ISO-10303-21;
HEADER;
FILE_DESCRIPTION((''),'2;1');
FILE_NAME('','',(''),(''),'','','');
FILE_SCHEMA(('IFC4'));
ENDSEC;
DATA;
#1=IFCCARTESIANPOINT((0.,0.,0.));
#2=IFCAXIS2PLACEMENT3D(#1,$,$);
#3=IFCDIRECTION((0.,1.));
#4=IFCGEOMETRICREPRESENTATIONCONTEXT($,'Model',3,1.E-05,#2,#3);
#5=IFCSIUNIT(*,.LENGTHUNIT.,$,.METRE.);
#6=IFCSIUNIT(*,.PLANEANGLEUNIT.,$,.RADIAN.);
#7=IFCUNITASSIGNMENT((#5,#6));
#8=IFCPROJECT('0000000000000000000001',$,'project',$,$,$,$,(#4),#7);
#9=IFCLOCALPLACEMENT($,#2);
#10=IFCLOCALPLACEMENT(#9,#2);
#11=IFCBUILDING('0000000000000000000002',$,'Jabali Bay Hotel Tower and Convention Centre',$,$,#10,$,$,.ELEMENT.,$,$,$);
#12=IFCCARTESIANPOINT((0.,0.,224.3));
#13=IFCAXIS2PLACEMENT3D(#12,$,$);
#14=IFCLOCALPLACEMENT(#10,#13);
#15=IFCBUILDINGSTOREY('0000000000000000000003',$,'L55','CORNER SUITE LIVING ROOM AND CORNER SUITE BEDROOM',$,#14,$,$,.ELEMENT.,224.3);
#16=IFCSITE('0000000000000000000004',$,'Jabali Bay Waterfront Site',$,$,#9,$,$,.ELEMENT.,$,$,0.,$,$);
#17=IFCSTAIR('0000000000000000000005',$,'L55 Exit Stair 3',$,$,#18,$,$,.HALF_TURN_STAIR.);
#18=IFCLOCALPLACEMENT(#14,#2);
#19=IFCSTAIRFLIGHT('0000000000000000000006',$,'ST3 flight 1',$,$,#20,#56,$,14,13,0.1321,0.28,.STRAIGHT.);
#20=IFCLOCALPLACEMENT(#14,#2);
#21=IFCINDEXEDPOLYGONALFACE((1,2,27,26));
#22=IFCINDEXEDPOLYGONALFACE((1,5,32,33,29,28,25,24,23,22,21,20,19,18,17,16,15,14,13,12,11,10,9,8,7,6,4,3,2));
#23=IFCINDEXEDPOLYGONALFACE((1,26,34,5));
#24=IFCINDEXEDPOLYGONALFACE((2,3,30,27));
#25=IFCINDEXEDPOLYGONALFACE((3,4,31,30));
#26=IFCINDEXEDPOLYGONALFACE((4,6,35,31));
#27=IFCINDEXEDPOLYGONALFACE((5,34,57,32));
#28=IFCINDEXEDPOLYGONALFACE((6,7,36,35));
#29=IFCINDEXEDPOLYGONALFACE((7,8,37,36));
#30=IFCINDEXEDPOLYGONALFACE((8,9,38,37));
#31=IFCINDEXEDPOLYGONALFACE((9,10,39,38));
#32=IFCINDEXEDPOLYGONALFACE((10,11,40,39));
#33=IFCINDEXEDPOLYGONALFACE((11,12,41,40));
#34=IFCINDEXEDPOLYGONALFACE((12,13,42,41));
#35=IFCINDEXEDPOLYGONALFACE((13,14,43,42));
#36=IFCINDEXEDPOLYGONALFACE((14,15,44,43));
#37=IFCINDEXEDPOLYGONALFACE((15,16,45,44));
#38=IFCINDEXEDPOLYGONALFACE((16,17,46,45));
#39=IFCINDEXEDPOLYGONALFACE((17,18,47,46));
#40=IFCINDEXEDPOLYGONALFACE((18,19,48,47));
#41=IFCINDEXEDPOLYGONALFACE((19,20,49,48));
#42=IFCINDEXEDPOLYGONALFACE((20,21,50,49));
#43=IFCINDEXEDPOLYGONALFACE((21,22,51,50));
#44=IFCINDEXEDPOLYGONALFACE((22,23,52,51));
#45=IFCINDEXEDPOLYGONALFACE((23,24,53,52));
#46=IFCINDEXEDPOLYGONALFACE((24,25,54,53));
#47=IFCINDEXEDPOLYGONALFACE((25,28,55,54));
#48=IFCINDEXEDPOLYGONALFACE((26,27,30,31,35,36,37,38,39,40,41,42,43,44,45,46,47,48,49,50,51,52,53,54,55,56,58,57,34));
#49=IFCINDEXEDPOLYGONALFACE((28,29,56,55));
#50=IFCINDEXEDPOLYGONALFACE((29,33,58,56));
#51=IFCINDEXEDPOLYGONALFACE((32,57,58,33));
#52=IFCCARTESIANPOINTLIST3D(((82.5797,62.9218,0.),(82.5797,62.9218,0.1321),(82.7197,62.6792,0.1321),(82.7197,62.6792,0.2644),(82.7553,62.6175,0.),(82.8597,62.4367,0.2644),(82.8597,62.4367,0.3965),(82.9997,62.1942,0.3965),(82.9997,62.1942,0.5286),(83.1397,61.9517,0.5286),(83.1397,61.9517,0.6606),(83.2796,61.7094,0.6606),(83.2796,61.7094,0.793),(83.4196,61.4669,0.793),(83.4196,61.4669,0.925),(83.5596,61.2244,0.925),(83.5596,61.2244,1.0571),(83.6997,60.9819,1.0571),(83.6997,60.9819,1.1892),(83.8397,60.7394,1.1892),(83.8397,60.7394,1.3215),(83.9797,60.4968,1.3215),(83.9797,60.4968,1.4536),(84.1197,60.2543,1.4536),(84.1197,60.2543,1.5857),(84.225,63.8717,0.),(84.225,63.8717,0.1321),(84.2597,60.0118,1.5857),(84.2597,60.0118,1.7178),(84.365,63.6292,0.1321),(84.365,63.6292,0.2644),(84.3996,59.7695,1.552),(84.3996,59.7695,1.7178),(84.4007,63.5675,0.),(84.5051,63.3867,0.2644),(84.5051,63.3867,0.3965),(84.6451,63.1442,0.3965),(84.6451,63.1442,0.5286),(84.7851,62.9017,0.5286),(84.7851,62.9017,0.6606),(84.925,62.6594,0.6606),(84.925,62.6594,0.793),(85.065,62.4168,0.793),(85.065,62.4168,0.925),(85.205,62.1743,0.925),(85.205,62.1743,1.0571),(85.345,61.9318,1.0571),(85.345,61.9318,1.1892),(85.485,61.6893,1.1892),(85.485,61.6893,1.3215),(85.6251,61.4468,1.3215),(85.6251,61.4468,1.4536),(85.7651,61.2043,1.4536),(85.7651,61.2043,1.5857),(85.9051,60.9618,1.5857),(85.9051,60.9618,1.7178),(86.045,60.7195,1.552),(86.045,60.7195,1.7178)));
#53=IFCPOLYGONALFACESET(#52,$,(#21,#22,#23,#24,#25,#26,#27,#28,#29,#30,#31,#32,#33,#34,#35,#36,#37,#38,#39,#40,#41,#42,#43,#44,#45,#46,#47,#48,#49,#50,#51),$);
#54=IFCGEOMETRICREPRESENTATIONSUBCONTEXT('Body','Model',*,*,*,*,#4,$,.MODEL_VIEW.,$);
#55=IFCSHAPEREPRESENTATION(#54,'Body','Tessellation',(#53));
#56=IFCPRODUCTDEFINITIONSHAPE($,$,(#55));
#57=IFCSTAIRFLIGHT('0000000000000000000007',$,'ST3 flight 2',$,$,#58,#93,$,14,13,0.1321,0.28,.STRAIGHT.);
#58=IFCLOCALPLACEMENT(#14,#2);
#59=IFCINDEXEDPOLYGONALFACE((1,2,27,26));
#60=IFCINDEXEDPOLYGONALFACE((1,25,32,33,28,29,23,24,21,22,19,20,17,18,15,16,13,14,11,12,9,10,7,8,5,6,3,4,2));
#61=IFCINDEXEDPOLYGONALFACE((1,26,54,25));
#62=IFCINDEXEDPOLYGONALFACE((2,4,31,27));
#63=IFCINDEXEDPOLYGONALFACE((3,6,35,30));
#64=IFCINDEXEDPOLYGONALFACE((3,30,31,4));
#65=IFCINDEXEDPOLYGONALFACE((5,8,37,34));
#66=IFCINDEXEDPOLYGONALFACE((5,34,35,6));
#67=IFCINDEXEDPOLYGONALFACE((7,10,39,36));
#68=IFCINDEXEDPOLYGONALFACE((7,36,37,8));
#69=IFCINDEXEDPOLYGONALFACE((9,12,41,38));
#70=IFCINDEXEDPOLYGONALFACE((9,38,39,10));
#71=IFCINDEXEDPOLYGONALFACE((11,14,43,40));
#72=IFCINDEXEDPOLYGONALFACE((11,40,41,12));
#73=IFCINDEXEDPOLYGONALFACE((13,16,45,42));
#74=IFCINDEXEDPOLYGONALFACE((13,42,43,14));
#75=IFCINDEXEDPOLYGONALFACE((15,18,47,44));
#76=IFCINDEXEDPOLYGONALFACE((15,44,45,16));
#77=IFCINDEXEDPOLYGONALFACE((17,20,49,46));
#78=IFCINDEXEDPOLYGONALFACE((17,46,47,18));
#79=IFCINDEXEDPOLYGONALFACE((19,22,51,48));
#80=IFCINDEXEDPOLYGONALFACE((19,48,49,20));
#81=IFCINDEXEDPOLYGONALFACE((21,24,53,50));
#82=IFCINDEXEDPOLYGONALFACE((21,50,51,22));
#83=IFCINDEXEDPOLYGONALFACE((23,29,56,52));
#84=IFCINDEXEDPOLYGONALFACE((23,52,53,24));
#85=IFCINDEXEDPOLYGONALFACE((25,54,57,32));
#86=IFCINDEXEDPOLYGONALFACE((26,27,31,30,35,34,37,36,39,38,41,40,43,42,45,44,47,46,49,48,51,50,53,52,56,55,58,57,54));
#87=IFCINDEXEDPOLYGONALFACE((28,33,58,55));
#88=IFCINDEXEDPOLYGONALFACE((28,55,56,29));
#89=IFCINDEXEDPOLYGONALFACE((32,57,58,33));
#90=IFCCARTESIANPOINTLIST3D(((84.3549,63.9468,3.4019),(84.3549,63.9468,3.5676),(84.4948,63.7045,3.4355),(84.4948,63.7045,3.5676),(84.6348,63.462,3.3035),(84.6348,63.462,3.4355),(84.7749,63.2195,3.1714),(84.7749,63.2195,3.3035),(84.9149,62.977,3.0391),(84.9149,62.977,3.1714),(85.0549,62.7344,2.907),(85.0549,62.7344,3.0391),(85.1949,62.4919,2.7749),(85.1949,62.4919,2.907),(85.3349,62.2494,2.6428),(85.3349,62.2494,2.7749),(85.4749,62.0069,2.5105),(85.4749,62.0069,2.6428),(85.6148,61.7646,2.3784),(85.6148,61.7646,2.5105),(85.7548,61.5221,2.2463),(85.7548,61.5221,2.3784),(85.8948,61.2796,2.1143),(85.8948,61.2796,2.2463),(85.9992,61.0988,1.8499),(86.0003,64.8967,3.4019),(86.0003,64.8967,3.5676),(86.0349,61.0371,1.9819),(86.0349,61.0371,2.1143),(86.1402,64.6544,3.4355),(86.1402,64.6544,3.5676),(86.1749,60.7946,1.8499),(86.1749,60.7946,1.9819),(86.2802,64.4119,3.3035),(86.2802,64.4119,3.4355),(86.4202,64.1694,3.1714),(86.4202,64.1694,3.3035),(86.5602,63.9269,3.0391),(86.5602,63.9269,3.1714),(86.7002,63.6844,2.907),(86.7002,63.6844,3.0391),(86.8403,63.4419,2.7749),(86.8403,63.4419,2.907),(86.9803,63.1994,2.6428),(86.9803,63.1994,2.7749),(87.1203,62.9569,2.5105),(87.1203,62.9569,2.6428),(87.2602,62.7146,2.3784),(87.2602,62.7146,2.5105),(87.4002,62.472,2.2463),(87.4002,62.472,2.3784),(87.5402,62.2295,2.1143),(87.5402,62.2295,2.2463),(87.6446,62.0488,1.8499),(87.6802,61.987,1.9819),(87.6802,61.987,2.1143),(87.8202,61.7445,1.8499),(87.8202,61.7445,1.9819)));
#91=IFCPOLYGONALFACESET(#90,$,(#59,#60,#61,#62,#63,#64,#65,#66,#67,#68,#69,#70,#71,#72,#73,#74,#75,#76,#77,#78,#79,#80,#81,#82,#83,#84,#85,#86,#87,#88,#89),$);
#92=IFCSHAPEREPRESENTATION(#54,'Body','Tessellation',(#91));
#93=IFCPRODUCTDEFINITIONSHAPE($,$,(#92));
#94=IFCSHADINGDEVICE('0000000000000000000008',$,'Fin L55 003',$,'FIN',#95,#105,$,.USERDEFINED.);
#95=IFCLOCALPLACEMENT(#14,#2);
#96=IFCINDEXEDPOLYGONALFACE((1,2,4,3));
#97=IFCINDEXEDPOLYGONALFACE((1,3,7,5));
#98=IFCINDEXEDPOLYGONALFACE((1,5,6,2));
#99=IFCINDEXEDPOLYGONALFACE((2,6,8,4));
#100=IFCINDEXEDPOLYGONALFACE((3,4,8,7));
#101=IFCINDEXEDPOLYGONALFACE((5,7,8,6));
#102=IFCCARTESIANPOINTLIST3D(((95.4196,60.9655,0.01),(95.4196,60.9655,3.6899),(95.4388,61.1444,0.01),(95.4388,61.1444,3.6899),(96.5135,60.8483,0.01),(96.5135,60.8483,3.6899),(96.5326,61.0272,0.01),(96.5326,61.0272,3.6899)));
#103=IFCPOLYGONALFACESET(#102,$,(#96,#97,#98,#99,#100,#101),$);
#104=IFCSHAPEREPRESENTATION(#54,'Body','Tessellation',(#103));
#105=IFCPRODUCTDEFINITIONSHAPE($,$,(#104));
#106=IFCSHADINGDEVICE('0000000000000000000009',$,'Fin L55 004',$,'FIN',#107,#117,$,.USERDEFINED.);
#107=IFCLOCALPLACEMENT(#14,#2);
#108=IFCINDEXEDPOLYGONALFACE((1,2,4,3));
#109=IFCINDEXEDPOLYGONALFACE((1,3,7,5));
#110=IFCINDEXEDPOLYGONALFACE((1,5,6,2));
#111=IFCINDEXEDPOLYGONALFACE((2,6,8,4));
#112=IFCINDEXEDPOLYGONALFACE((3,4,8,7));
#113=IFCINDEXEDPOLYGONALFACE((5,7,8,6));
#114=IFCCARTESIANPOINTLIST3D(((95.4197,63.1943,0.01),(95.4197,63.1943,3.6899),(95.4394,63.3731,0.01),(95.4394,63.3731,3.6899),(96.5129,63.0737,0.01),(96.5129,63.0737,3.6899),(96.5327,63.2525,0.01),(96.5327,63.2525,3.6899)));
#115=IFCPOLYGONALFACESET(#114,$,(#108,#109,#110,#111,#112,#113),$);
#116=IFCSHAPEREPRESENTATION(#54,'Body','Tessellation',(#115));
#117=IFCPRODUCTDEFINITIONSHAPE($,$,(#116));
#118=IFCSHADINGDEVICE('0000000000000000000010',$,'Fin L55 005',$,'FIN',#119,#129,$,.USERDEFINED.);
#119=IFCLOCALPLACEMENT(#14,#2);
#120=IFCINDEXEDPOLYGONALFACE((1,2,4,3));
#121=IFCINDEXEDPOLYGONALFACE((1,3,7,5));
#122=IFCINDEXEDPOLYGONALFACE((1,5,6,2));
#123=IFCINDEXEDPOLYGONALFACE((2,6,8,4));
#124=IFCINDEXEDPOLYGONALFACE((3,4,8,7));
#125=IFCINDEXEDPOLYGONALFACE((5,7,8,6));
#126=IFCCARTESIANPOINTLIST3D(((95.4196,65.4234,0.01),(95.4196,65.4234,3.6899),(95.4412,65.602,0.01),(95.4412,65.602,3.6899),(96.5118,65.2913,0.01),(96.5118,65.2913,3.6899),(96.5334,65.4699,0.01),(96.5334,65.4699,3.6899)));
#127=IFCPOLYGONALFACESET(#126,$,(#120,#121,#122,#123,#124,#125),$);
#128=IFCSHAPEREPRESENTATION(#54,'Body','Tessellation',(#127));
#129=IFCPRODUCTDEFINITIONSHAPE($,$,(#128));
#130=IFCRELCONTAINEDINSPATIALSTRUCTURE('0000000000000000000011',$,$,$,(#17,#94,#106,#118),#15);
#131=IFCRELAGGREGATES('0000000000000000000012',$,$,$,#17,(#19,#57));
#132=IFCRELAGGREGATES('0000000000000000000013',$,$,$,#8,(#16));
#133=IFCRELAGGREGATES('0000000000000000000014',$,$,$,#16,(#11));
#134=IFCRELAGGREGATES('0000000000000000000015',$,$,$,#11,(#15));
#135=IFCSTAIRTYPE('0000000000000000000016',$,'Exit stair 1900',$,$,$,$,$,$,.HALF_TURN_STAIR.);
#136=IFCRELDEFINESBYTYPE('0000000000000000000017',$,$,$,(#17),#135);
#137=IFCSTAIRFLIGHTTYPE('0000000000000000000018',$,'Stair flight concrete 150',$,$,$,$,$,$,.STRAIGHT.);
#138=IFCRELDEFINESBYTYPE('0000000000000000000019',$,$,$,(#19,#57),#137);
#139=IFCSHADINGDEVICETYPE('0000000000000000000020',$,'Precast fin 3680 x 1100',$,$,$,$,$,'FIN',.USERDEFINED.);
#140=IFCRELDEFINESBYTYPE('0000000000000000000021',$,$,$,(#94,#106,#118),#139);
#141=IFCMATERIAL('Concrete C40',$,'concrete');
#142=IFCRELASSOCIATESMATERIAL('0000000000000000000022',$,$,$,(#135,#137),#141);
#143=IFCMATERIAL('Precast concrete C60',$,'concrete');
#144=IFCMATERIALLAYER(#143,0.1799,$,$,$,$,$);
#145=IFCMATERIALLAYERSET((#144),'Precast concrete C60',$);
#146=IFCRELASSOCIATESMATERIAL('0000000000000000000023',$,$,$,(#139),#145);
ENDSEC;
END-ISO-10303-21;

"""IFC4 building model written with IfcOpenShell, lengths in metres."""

from ifc_helpers import new_model, si_unit, direction, frame, frame_2d, origin, place, context, subcontext, project, spatial, polyline, rectangle, outline, extrude, material, layer, layer_set, type_object, element, aggregate, save


model = new_model("IFC4")

# Units and contexts
model_context = context("Model", 3, precision=1e-05, world=origin(), true_north=direction((0.0, 1.0)))
body_context = subcontext(model_context, "Body", "Model", "MODEL_VIEW")
ifc_project = project(units=[si_unit("LENGTHUNIT", "METRE"), si_unit("PLANEANGLEUNIT", "RADIAN")], contexts=[model_context])

# Site, building, storey
site_placement = place(None, origin())
site = spatial("IfcSite", under=ifc_project, at=site_placement, Name="Jabali Bay Waterfront Site", CompositionType="ELEMENT", RefElevation=0.0)
building_placement = place(site_placement, origin())
building = spatial("IfcBuilding", under=site, at=building_placement, Name="Jabali Bay Hotel Tower and Convention Centre", CompositionType="ELEMENT")
storey_placement = place(building_placement, frame((0.0, 0.0, 224.3)))
storey = spatial("IfcBuildingStorey", under=building, at=storey_placement, Name="L55", Description="CORNER SUITE LIVING ROOM AND CORNER SUITE BEDROOM", CompositionType="ELEMENT", Elevation=224.3)

# Shared definitions
ifc_material_1 = material(Name="Concrete C40", Category="concrete")

# Stair, stair flights
stair_type = type_object("IfcStairType", Name="Exit stair 1900", PredefinedType="HALF_TURN_STAIR", material=ifc_material_1)
stair_placement = place(storey_placement, origin())
stair = element("IfcStair", 1, at=stair_placement, inside=storey, type_object=stair_type, Name="L55 Exit Stair 3", PredefinedType="HALF_TURN_STAIR")
stair_flight_type = type_object("IfcStairFlightType", Name="Stair flight concrete 150", PredefinedType="STRAIGHT", material=ifc_material_1)
stair_flight_1_placement = place(storey_placement, frame((83.4023, 63.3967, 0.0), z_axis=(0.0, 0.0, 1.0), x_axis=(0.5, -0.866025, 0.0)))
stair_flight_1 = element("IfcStairFlight", 2, at=stair_flight_1_placement, type_object=stair_flight_type, Name="ST3 flight 1", NumberOfRisers=14, NumberOfTreads=13, PredefinedType="STRAIGHT", RiserHeight=0.1321, TreadLength=0.28, context=body_context, shape_type="SweptSolid", body=[
    extrude(outline(polyline([(0.0, 0.0), (0.0, 0.1321), (0.28, 0.1321), (0.28, 0.2644), (0.5601, 0.2644), (0.5601, 0.3965), (0.8401, 0.3965), (0.8401, 0.5286), (1.1201, 0.5286), (1.1201, 0.6606), (1.3999, 0.6606), (1.3999, 0.793), (1.6799, 0.793), (1.6799, 0.925), (1.96, 0.925), (1.96, 1.0571), (2.24, 1.0571), (2.24, 1.1892), (2.52, 1.1892), (2.52, 1.3215), (2.8, 1.3215), (2.8, 1.4536), (3.0801, 1.4536), (3.0801, 1.5857), (3.3601, 1.5857), (3.3601, 1.7178), (3.6399, 1.7178), (3.6399, 1.8501), (3.6399, 1.552), (0.3513, 0.0), (0.0, 0.0)])), frame((0.0, 0.95, 0.0), z_axis=(0.0, -1.0, 0.0), x_axis=(1.0, 0.0, 0.0)), (0.0, 0.0, 1.0), 1.8999),
])
stair_flight_2_placement = place(storey_placement, frame((86.9976, 61.2695, 1.8499), z_axis=(0.0, 0.0, 1.0), x_axis=(-0.5, 0.866025, 0.0)))
stair_flight_2 = element("IfcStairFlight", 3, at=stair_flight_2_placement, type_object=stair_flight_type, Name="ST3 flight 2", NumberOfRisers=14, NumberOfTreads=13, PredefinedType="STRAIGHT", RiserHeight=0.1321, TreadLength=0.28, context=body_context, shape_type="SweptSolid", body=[
    extrude(outline(polyline([(0.0, 0.0), (0.0, 0.1321), (0.28, 0.1321), (0.28, 0.2644), (0.5601, 0.2644), (0.5601, 0.3965), (0.8401, 0.3965), (0.8401, 0.5286), (1.1201, 0.5286), (1.1201, 0.6606), (1.3999, 0.6606), (1.3999, 0.793), (1.6799, 0.793), (1.6799, 0.925), (1.96, 0.925), (1.96, 1.0571), (2.24, 1.0571), (2.24, 1.1892), (2.52, 1.1892), (2.52, 1.3215), (2.8, 1.3215), (2.8, 1.4536), (3.0801, 1.4536), (3.0801, 1.5857), (3.3601, 1.5857), (3.3601, 1.7178), (3.6399, 1.7178), (3.6399, 1.8501), (3.6399, 1.552), (0.3513, 0.0), (0.0, 0.0)])), frame((0.0, 0.95, 0.0), z_axis=(0.0, -1.0, 0.0), x_axis=(1.0, 0.0, 0.0)), (0.0, 0.0, 1.0), 1.8999),
])
aggregate(stair, [stair_flight_1, stair_flight_2])

# Shading devices
ifc_material_2 = material(Name="Precast concrete C60", Category="concrete")
ifc_layer_1 = layer(ifc_material_2, 0.1799)
ifc_layer_set_1 = layer_set([ifc_layer_1], Name="Precast concrete C60")
shading_device_type = type_object("IfcShadingDeviceType", Name="Precast fin 3680 x 1100", ElementType="FIN", PredefinedType="USERDEFINED", material=ifc_layer_set_1)
shading_device_1_placement = place(storey_placement, frame((95.4292, 61.0549, 0.01), z_axis=(0.0, 0.0, 1.0), x_axis=(0.994309, -0.106533, 0.0)))
element("IfcShadingDevice", 4, at=shading_device_1_placement, inside=storey, type_object=shading_device_type, Name="Fin L55 003", ObjectType="FIN", PredefinedType="USERDEFINED", context=body_context, shape_type="SweptSolid", body=[
    extrude(rectangle(XDim=1.1001, YDim=0.1799, at=frame_2d((0.55, 0.0))), origin(), (0.0, 0.0, 1.0), 3.6799),
])
shading_device_2_placement = place(storey_placement, frame((95.4297, 63.2837, 0.01), z_axis=(0.0, 0.0, 1.0), x_axis=(0.99397, -0.109652, 0.0)))
element("IfcShadingDevice", 5, at=shading_device_2_placement, inside=storey, type_object=shading_device_type, Name="Fin L55 004", ObjectType="FIN", PredefinedType="USERDEFINED", context=body_context, shape_type="SweptSolid", body=[
    extrude(rectangle(XDim=1.0999, YDim=0.1799, at=frame_2d((0.5498, 0.0))), origin(), (0.0, 0.0, 1.0), 3.6799),
])
shading_device_3_placement = place(storey_placement, frame((95.4304, 65.5127, 0.01), z_axis=(0.0, 0.0, 1.0), x_axis=(0.992765, -0.120073, 0.0)))
element("IfcShadingDevice", 6, at=shading_device_3_placement, inside=storey, type_object=shading_device_type, Name="Fin L55 005", ObjectType="FIN", PredefinedType="USERDEFINED", context=body_context, shape_type="SweptSolid", body=[
    extrude(rectangle(XDim=1.1001, YDim=0.1799, at=frame_2d((0.55, 0.0))), origin(), (0.0, 0.0, 1.0), 3.6799),
])

save(model, "model.ifc")
